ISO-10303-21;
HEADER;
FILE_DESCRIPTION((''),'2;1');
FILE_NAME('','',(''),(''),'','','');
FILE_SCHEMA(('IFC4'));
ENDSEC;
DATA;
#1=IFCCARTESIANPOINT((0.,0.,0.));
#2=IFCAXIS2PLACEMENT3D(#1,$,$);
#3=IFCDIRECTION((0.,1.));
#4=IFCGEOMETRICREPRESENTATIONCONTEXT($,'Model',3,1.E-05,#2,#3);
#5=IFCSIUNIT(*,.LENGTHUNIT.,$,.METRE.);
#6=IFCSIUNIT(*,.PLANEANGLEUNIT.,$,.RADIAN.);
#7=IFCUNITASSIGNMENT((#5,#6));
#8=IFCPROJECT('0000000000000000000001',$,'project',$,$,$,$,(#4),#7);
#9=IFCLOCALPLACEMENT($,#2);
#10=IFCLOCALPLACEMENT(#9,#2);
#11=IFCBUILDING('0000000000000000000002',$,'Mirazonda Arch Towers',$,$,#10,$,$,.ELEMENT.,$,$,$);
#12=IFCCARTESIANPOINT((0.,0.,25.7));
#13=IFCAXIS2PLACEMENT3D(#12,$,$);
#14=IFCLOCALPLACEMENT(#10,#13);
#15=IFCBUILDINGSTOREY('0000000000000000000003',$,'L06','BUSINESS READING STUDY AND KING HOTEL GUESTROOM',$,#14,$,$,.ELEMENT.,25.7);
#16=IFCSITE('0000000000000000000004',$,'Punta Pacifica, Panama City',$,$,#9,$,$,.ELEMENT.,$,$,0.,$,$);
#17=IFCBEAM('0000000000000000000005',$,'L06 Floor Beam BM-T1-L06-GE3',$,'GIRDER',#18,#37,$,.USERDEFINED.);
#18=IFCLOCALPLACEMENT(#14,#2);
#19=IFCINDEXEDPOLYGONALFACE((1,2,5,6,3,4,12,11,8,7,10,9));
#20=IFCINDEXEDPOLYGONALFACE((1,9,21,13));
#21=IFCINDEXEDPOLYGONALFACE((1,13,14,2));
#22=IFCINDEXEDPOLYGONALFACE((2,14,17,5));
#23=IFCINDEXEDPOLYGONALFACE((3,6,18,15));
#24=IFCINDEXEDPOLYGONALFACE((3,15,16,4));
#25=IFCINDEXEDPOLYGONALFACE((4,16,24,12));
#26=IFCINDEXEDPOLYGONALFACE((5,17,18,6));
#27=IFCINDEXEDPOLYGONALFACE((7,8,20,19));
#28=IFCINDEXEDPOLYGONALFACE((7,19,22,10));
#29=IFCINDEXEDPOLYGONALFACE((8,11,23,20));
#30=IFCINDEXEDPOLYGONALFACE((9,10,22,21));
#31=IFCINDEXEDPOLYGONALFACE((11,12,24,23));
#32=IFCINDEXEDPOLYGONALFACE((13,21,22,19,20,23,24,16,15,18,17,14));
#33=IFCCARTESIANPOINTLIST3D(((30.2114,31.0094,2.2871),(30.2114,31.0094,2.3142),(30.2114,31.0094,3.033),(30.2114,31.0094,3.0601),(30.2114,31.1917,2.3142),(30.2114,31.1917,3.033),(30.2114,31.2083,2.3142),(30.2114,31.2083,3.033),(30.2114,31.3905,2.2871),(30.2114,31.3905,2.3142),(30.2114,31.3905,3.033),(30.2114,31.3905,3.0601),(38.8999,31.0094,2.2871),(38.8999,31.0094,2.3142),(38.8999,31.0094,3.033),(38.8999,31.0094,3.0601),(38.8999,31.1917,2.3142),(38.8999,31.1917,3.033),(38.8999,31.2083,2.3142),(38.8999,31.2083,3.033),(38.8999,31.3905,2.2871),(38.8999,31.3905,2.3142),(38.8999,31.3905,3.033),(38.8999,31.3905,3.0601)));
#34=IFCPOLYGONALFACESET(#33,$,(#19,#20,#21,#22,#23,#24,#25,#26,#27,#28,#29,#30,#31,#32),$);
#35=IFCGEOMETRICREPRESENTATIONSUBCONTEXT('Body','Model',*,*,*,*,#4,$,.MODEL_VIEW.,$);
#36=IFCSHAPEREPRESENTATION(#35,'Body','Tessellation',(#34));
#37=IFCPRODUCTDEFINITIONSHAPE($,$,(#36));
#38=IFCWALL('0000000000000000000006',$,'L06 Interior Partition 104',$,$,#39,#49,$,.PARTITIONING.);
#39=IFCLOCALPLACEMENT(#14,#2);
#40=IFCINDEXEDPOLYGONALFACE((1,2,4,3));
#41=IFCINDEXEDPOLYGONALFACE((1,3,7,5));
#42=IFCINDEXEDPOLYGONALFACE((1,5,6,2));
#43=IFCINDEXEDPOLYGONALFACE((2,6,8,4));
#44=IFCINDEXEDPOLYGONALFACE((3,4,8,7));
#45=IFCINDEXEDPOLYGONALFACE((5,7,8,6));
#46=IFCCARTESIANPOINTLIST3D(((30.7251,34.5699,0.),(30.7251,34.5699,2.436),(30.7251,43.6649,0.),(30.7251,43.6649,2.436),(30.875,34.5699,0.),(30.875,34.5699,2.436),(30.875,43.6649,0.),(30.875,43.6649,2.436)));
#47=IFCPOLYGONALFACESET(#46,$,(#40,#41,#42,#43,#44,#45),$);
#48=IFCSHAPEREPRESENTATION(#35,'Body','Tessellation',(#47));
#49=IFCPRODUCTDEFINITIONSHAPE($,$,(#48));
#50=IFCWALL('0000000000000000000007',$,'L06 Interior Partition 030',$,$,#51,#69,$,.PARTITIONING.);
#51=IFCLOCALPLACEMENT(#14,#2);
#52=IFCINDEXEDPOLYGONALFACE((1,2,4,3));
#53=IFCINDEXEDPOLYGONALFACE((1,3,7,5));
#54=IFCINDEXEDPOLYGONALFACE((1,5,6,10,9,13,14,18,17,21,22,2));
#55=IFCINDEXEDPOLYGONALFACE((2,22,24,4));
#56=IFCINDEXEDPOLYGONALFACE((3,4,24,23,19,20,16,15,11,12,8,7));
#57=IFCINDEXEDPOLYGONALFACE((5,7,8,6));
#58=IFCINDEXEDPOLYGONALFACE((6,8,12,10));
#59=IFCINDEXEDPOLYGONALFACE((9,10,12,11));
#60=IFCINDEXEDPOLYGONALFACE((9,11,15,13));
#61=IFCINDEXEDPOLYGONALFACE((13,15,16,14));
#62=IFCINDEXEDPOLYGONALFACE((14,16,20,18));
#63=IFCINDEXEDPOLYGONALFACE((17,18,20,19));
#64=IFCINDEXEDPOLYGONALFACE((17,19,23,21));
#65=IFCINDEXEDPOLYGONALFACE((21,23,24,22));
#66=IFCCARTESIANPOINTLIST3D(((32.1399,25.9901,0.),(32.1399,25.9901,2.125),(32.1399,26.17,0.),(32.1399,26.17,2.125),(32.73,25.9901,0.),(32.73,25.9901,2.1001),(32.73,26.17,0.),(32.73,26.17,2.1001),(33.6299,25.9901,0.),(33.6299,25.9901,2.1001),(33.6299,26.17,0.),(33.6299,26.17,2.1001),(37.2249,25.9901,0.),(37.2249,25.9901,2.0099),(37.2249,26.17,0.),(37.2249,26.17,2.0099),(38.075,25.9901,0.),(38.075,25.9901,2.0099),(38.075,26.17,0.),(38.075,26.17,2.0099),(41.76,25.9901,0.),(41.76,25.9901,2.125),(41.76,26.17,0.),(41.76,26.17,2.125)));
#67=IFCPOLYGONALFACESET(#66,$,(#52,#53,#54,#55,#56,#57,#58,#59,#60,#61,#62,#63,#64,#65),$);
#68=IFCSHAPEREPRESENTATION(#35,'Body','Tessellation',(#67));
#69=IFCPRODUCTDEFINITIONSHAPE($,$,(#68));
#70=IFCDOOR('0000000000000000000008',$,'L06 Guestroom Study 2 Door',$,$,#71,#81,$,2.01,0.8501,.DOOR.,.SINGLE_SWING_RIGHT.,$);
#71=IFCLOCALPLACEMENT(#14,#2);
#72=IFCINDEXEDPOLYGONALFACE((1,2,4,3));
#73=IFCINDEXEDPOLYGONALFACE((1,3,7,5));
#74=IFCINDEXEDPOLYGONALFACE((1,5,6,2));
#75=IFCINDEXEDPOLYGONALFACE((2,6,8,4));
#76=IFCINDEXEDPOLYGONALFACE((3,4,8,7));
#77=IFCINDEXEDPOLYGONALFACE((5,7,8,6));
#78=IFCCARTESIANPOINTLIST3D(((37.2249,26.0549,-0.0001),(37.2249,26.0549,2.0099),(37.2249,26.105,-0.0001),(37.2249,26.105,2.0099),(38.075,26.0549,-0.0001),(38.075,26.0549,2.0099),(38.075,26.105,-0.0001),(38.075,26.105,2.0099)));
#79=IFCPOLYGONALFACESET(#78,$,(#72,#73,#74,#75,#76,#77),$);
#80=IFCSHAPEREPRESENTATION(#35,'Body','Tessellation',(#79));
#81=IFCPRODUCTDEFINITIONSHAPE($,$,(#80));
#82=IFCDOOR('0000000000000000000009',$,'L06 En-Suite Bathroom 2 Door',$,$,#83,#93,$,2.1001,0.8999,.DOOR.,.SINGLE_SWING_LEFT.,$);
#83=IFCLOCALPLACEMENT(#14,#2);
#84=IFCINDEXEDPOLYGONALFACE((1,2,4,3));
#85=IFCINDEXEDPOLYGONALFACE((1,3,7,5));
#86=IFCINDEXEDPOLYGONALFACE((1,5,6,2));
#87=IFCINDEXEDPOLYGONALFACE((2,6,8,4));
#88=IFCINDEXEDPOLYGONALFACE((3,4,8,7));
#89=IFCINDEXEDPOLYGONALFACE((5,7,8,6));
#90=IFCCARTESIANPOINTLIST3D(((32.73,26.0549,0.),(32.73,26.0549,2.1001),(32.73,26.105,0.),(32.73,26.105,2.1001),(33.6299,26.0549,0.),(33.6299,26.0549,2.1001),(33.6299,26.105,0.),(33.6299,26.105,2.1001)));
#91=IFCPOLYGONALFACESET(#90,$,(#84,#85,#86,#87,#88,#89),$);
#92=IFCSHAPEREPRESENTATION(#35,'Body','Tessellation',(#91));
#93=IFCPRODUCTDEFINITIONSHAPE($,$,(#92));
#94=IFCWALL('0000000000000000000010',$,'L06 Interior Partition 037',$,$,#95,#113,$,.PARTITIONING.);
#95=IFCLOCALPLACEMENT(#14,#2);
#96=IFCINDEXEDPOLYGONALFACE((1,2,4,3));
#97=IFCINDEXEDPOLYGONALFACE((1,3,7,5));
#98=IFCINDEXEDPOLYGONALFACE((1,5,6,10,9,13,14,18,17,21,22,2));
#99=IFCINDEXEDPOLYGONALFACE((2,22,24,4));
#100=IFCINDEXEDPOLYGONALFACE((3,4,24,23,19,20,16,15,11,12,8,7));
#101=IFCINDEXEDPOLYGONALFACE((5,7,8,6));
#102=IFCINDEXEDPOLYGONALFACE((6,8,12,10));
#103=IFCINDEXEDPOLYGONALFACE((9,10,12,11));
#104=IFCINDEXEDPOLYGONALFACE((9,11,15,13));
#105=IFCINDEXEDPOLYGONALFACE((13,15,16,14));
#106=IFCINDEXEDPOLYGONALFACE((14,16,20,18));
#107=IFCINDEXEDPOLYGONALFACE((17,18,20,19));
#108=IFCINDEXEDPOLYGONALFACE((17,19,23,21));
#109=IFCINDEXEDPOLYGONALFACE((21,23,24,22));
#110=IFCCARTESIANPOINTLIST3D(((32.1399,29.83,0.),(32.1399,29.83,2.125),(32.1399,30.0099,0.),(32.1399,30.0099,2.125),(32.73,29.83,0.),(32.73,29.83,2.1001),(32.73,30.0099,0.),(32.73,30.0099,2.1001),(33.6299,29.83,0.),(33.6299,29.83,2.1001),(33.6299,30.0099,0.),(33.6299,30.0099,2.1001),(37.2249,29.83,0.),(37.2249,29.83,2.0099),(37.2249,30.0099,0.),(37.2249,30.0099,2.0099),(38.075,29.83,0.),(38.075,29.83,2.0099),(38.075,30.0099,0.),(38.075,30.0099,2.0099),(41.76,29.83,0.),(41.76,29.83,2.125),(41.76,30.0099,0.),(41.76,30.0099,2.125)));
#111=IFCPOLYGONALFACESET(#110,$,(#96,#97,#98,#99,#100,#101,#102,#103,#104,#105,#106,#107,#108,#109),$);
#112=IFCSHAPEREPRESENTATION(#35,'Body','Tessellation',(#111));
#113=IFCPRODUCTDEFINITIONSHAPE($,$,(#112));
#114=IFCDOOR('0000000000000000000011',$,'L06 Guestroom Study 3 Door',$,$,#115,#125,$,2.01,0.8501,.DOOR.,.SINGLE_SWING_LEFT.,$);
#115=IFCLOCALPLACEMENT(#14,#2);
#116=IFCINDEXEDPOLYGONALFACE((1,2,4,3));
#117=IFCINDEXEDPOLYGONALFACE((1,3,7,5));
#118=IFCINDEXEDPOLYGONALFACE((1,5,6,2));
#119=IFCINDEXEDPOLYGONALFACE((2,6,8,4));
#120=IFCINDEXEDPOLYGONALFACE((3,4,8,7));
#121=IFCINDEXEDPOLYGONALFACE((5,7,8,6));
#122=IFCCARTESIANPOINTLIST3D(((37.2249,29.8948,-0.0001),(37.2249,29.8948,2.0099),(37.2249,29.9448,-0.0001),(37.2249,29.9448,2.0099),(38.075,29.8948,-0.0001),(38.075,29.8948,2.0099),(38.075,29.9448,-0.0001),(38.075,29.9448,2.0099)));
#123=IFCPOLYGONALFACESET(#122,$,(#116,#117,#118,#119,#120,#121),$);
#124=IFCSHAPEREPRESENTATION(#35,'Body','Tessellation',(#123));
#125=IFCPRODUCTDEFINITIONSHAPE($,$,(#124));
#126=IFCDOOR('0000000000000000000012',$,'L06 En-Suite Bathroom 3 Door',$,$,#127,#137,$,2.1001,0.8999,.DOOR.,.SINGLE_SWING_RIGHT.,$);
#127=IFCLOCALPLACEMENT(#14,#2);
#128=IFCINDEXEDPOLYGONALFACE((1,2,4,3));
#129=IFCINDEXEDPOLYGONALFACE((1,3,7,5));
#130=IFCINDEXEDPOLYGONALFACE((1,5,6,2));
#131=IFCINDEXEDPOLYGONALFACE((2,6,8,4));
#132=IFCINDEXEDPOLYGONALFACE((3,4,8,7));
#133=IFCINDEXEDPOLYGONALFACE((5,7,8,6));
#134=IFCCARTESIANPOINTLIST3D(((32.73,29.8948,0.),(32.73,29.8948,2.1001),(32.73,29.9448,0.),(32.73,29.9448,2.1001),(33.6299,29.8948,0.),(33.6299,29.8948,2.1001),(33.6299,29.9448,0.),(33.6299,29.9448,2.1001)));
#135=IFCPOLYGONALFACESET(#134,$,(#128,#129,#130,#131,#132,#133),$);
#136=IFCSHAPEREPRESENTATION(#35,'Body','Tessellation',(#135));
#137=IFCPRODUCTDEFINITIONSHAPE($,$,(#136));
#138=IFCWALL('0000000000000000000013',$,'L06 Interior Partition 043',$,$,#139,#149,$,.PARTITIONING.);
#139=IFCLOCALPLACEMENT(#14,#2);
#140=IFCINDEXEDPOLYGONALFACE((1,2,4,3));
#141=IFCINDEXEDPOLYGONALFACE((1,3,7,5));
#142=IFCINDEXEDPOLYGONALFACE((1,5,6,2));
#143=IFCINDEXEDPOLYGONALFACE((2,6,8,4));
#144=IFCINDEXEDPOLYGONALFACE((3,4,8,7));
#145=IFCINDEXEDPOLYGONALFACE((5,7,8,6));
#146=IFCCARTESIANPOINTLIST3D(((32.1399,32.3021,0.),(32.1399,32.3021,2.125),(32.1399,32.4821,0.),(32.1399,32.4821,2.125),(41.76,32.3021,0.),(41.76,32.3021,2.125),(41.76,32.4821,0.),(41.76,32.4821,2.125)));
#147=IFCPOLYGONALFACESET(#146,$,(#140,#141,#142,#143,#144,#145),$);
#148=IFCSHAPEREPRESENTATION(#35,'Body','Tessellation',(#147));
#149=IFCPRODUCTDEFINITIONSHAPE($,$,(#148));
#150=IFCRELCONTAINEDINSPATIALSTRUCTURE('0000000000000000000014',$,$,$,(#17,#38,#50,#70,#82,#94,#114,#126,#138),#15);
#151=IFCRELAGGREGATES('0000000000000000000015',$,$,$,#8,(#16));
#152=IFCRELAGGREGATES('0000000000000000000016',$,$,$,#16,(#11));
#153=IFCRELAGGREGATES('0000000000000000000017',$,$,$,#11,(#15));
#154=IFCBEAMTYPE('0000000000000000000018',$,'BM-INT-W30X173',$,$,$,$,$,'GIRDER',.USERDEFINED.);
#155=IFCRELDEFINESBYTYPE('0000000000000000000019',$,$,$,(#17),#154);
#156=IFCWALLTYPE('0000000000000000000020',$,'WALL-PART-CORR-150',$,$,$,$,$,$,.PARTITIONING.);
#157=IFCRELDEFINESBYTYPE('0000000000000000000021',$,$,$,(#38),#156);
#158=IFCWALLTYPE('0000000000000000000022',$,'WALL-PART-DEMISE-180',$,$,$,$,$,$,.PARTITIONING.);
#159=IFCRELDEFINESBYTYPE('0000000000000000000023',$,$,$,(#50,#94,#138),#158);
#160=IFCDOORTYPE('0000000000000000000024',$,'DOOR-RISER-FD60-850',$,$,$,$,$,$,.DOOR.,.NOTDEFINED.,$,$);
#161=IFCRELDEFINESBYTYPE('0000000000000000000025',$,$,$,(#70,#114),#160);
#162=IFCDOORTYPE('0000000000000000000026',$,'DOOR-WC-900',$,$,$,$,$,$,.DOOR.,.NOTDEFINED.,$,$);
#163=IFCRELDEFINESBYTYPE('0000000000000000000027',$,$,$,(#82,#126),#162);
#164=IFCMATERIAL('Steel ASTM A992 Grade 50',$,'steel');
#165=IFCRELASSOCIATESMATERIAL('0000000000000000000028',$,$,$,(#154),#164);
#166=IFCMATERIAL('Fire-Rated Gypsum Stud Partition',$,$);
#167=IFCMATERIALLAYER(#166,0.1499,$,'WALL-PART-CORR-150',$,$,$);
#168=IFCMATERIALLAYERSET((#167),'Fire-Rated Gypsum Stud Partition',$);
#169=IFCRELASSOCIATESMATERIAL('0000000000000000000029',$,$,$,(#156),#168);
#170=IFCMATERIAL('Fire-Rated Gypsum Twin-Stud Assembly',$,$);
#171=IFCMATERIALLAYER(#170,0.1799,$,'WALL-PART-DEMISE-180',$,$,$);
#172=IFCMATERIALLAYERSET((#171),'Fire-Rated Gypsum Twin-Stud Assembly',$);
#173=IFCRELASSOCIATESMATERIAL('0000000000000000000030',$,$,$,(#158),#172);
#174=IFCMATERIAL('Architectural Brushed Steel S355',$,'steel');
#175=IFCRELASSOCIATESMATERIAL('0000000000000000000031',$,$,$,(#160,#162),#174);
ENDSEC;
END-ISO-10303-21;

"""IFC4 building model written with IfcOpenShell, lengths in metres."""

from ifc_helpers import new_model, si_unit, direction, frame, frame_2d, origin, origin_2d, place, context, subcontext, project, spatial, rectangle, i_section, extrude, material, layer, layer_set, material_profile, profile_set, type_object, element, fill, save


model = new_model("IFC4")

# Units and contexts
model_context = context("Model", 3, precision=1e-05, world=origin(), true_north=direction((0.0, 1.0)))
body_context = subcontext(model_context, "Body", "Model", "MODEL_VIEW")
ifc_project = project(units=[si_unit("LENGTHUNIT", "METRE"), si_unit("PLANEANGLEUNIT", "RADIAN")], contexts=[model_context])

# Site, building, storey
site_placement = place(None, origin())
site = spatial("IfcSite", under=ifc_project, at=site_placement, Name="Punta Pacifica, Panama City", CompositionType="ELEMENT", RefElevation=0.0)
building_placement = place(site_placement, origin())
building = spatial("IfcBuilding", under=site, at=building_placement, Name="Mirazonda Arch Towers", CompositionType="ELEMENT")
storey_placement = place(building_placement, frame((0.0, 0.0, 25.7)))
storey = spatial("IfcBuildingStorey", under=building, at=storey_placement, Name="L06", Description="BUSINESS READING STUDY AND KING HOTEL GUESTROOM", CompositionType="ELEMENT", Elevation=25.7)

# Beam
ifc_material_1 = material(Name="Steel ASTM A992 Grade 50", Category="steel")
ifc_material_profile = material_profile(ifc_material_1, i_section(OverallWidth=0.3811, OverallDepth=0.7729, WebThickness=0.0166, FlangeThickness=0.0271, at=origin_2d()), Name="W30X173")
ifc_profile_set = profile_set([ifc_material_profile], Name="Steel ASTM A992 Grade 50")
beam_type = type_object("IfcBeamType", Name="BM-INT-W30X173", ElementType="GIRDER", PredefinedType="USERDEFINED", material=ifc_profile_set)
beam_placement = place(storey_placement, frame((30.2114, 31.2, 2.6736), z_axis=(1.0, 0.0, 0.0), x_axis=(0.0, 1.0, 0.0)))
element("IfcBeam", 1, at=beam_placement, inside=storey, type_object=beam_type, Name="L06 Floor Beam BM-T1-L06-GE3", ObjectType="GIRDER", PredefinedType="USERDEFINED", context=body_context, shape_type="SweptSolid", body=[
    extrude(i_section(OverallWidth=0.3811, OverallDepth=0.7729, WebThickness=0.0166, FlangeThickness=0.0271, at=origin_2d()), origin(), (0.0, 0.0, 1.0), 8.6885),
])

# Wall
ifc_material_2 = material(Name="Fire-Rated Gypsum Stud Partition")
ifc_layer_1 = layer(ifc_material_2, 0.1499, Name="WALL-PART-CORR-150")
ifc_layer_set_1 = layer_set([ifc_layer_1], Name="Fire-Rated Gypsum Stud Partition")
wall_type_1 = type_object("IfcWallType", Name="WALL-PART-CORR-150", PredefinedType="PARTITIONING", material=ifc_layer_set_1)
wall_1_placement = place(storey_placement, frame((30.8, 34.5701, 0.0), z_axis=(0.0, 0.0, 1.0), x_axis=(0.0, 1.0, 0.0)))
element("IfcWall", 2, at=wall_1_placement, inside=storey, type_object=wall_type_1, Name="L06 Interior Partition 104", PredefinedType="PARTITIONING", context=body_context, shape_type="SweptSolid", body=[
    extrude(rectangle(XDim=9.095, YDim=0.1499, at=frame_2d((4.5474, 0.0))), origin(), (0.0, 0.0, 1.0), 2.436),
])

# Walls, openings, doors
ifc_material_3 = material(Name="Fire-Rated Gypsum Twin-Stud Assembly")
ifc_layer_2 = layer(ifc_material_3, 0.1799, Name="WALL-PART-DEMISE-180")
ifc_layer_set_2 = layer_set([ifc_layer_2], Name="Fire-Rated Gypsum Twin-Stud Assembly")
wall_type_2 = type_object("IfcWallType", Name="WALL-PART-DEMISE-180", PredefinedType="PARTITIONING", material=ifc_layer_set_2)
wall_2_placement = place(storey_placement, frame((32.1399, 26.0801, 0.0), z_axis=(0.0, 0.0, 1.0), x_axis=(1.0, 0.0, 0.0)))
wall_2 = element("IfcWall", 3, at=wall_2_placement, inside=storey, type_object=wall_type_2, Name="L06 Interior Partition 030", PredefinedType="PARTITIONING", context=body_context, shape_type="SweptSolid", body=[
    extrude(rectangle(XDim=9.6201, YDim=0.1799, at=frame_2d((4.8101, 0.0))), origin(), (0.0, 0.0, 1.0), 2.125),
])
opening_1_placement = place(wall_2_placement, frame((5.085, 0.0, 0.0)))
opening_1 = element("IfcOpeningElement", 4, at=opening_1_placement, cuts=wall_2, PredefinedType="OPENING", context=body_context, shape_type="SweptSolid", body=[
    extrude(rectangle(XDim=0.8501, YDim=2.01, at=frame_2d((0.425, 1.0049))), frame((0.0, 0.0999, 0.0), z_axis=(0.0, -1.0, 0.0), x_axis=(1.0, 0.0, 0.0)), (0.0, 0.0, 1.0), 0.2),
])
opening_2_placement = place(wall_2_placement, frame((0.5901, 0.0, 0.0)))
opening_2 = element("IfcOpeningElement", 5, at=opening_2_placement, cuts=wall_2, PredefinedType="OPENING", context=body_context, shape_type="SweptSolid", body=[
    extrude(rectangle(XDim=0.8999, YDim=2.1001, at=frame_2d((0.45, 1.05))), frame((0.0, 0.0999, 0.0), z_axis=(0.0, -1.0, 0.0), x_axis=(1.0, 0.0, 0.0)), (0.0, 0.0, 1.0), 0.2),
])
ifc_material_4 = material(Name="Architectural Brushed Steel S355", Category="steel")
door_type_1 = type_object("IfcDoorType", Name="DOOR-RISER-FD60-850", OperationType="NOTDEFINED", PredefinedType="DOOR", material=ifc_material_4)
door_1_placement = place(opening_1_placement, origin())
door_1 = element("IfcDoor", 6, at=door_1_placement, inside=storey, type_object=door_type_1, Name="L06 Guestroom Study 2 Door", OperationType="SINGLE_SWING_RIGHT", OverallHeight=2.01, OverallWidth=0.8501, PredefinedType="DOOR", context=body_context, shape_type="SweptSolid", body=[
    extrude(rectangle(XDim=0.8501, YDim=2.01, at=frame_2d((0.425, 1.0049))), frame((0.0, 0.0249, 0.0), z_axis=(0.0, -1.0, 0.0), x_axis=(1.0, 0.0, 0.0)), (0.0, 0.0, 1.0), 0.05),
])
fill(opening_1, door_1)
door_type_2 = type_object("IfcDoorType", Name="DOOR-WC-900", OperationType="NOTDEFINED", PredefinedType="DOOR", material=ifc_material_4)
door_2_placement = place(opening_2_placement, origin())
door_2 = element("IfcDoor", 7, at=door_2_placement, inside=storey, type_object=door_type_2, Name="L06 En-Suite Bathroom 2 Door", OperationType="SINGLE_SWING_LEFT", OverallHeight=2.1001, OverallWidth=0.8999, PredefinedType="DOOR", context=body_context, shape_type="SweptSolid", body=[
    extrude(rectangle(XDim=0.8999, YDim=2.1001, at=frame_2d((0.45, 1.05))), frame((0.0, 0.0249, 0.0), z_axis=(0.0, -1.0, 0.0), x_axis=(1.0, 0.0, 0.0)), (0.0, 0.0, 1.0), 0.05),
])
fill(opening_2, door_2)
wall_3_placement = place(storey_placement, frame((32.1399, 29.9199, 0.0), z_axis=(0.0, 0.0, 1.0), x_axis=(1.0, 0.0, 0.0)))
wall_3 = element("IfcWall", 8, at=wall_3_placement, inside=storey, type_object=wall_type_2, Name="L06 Interior Partition 037", PredefinedType="PARTITIONING", context=body_context, shape_type="SweptSolid", body=[
    extrude(rectangle(XDim=9.6201, YDim=0.1799, at=frame_2d((4.8101, 0.0))), origin(), (0.0, 0.0, 1.0), 2.125),
])
opening_3_placement = place(wall_3_placement, frame((5.085, 0.0, 0.0)))
opening_3 = element("IfcOpeningElement", 9, at=opening_3_placement, cuts=wall_3, PredefinedType="OPENING", context=body_context, shape_type="SweptSolid", body=[
    extrude(rectangle(XDim=0.8501, YDim=2.01, at=frame_2d((0.425, 1.0049))), frame((0.0, 0.0999, 0.0), z_axis=(0.0, -1.0, 0.0), x_axis=(1.0, 0.0, 0.0)), (0.0, 0.0, 1.0), 0.2),
])
opening_4_placement = place(wall_3_placement, frame((0.5901, 0.0, 0.0)))
opening_4 = element("IfcOpeningElement", 10, at=opening_4_placement, cuts=wall_3, PredefinedType="OPENING", context=body_context, shape_type="SweptSolid", body=[
    extrude(rectangle(XDim=0.8999, YDim=2.1001, at=frame_2d((0.45, 1.05))), frame((0.0, 0.0999, 0.0), z_axis=(0.0, -1.0, 0.0), x_axis=(1.0, 0.0, 0.0)), (0.0, 0.0, 1.0), 0.2),
])
door_3_placement = place(opening_3_placement, origin())
door_3 = element("IfcDoor", 11, at=door_3_placement, inside=storey, type_object=door_type_1, Name="L06 Guestroom Study 3 Door", OperationType="SINGLE_SWING_LEFT", OverallHeight=2.01, OverallWidth=0.8501, PredefinedType="DOOR", context=body_context, shape_type="SweptSolid", body=[
    extrude(rectangle(XDim=0.8501, YDim=2.01, at=frame_2d((0.425, 1.0049))), frame((0.0, 0.0249, 0.0), z_axis=(0.0, -1.0, 0.0), x_axis=(1.0, 0.0, 0.0)), (0.0, 0.0, 1.0), 0.05),
])
fill(opening_3, door_3)
door_4_placement = place(opening_4_placement, origin())
door_4 = element("IfcDoor", 12, at=door_4_placement, inside=storey, type_object=door_type_2, Name="L06 En-Suite Bathroom 3 Door", OperationType="SINGLE_SWING_RIGHT", OverallHeight=2.1001, OverallWidth=0.8999, PredefinedType="DOOR", context=body_context, shape_type="SweptSolid", body=[
    extrude(rectangle(XDim=0.8999, YDim=2.1001, at=frame_2d((0.45, 1.05))), frame((0.0, 0.0249, 0.0), z_axis=(0.0, -1.0, 0.0), x_axis=(1.0, 0.0, 0.0)), (0.0, 0.0, 1.0), 0.05),
])
fill(opening_4, door_4)

# Wall
wall_4_placement = place(storey_placement, frame((32.1399, 32.3921, 0.0), z_axis=(0.0, 0.0, 1.0), x_axis=(1.0, 0.0, 0.0)))
element("IfcWall", 13, at=wall_4_placement, inside=storey, type_object=wall_type_2, Name="L06 Interior Partition 043", PredefinedType="PARTITIONING", context=body_context, shape_type="SweptSolid", body=[
    extrude(rectangle(XDim=9.6201, YDim=0.1799, at=frame_2d((4.8101, 0.0))), origin(), (0.0, 0.0, 1.0), 2.125),
])

save(model, "model.ifc")
